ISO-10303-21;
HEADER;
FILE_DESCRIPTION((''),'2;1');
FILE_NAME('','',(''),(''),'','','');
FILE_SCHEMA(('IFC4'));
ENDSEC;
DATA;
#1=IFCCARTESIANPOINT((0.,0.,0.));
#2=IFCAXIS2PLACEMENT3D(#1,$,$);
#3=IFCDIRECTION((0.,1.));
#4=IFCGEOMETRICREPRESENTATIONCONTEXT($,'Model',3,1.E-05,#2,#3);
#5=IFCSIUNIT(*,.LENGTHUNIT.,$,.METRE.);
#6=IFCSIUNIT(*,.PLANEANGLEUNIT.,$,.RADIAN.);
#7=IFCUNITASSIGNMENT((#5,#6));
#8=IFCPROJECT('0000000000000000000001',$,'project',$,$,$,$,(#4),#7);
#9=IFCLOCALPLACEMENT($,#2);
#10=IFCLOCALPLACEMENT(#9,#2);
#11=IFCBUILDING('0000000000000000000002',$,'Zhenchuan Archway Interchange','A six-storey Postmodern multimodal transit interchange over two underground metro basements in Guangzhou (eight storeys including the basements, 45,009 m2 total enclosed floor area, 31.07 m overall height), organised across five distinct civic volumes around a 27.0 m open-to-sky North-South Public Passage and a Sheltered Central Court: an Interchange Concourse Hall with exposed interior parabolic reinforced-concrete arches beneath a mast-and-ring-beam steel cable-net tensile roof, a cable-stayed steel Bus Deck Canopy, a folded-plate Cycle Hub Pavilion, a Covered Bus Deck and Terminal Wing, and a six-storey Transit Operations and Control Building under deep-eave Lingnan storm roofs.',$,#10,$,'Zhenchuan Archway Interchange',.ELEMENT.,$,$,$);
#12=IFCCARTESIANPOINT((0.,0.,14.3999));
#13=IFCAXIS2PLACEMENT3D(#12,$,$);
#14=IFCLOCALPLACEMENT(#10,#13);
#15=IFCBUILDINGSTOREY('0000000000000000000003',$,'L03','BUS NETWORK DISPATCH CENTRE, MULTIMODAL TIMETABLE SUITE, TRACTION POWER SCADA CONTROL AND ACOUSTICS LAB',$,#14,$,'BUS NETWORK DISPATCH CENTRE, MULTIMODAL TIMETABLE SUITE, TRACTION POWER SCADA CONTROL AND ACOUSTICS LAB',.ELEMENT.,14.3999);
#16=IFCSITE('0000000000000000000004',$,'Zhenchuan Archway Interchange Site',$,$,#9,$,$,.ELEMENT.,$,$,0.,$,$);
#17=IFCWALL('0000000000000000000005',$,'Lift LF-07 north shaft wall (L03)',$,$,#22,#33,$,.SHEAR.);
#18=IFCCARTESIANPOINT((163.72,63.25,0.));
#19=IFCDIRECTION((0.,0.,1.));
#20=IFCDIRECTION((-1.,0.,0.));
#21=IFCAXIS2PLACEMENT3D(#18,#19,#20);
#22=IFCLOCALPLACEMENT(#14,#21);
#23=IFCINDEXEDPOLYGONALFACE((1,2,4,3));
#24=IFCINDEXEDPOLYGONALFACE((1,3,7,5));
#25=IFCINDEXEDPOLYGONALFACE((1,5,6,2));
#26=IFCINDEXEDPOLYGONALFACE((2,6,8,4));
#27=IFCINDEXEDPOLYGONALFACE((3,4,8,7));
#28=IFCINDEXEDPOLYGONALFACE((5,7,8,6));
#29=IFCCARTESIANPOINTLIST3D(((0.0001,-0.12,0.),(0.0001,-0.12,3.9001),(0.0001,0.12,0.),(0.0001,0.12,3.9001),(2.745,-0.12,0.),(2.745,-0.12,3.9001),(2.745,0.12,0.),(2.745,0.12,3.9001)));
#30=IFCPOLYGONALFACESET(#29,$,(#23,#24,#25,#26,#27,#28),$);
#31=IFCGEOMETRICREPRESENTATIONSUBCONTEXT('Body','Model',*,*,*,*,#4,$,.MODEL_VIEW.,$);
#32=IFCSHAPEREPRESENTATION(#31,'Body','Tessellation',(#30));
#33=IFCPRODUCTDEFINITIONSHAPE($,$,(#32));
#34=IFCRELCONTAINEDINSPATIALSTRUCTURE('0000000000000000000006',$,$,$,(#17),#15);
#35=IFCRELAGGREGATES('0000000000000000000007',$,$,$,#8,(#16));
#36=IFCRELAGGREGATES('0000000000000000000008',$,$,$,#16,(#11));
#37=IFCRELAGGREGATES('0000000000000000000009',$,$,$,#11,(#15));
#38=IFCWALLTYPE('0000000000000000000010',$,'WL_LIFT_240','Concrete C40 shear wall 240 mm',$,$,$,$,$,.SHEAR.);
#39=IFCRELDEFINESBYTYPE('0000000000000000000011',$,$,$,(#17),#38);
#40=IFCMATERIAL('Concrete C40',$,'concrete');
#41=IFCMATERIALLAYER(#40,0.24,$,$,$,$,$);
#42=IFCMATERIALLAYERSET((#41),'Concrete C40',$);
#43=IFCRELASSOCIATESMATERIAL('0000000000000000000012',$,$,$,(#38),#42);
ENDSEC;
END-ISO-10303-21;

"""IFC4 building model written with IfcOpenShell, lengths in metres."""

from ifc_helpers import new_model, si_unit, direction, frame, frame_2d, origin, place, context, subcontext, project, spatial, rectangle, extrude, material, layer, layer_set, type_object, element, save


model = new_model("IFC4")

# Units and contexts
model_context = context("Model", 3, precision=1e-05, world=origin(), true_north=direction((0.0, 1.0)))
body_context = subcontext(model_context, "Body", "Model", "MODEL_VIEW")
ifc_project = project(units=[si_unit("LENGTHUNIT", "METRE"), si_unit("PLANEANGLEUNIT", "RADIAN")], contexts=[model_context])

# Site, building, storey
site_placement = place(None, origin())
site = spatial("IfcSite", under=ifc_project, at=site_placement, Name="Zhenchuan Archway Interchange Site", CompositionType="ELEMENT", RefElevation=0.0)
building_placement = place(site_placement, origin())
building = spatial("IfcBuilding", under=site, at=building_placement, Name="Zhenchuan Archway Interchange", Description="A six-storey Postmodern multimodal transit interchange over two underground metro basements in Guangzhou (eight storeys including the basements, 45,009 m2 total enclosed floor area, 31.07 m overall height), organised across five distinct civic volumes around a 27.0 m open-to-sky North-South Public Passage and a Sheltered Central Court: an Interchange Concourse Hall with exposed interior parabolic reinforced-concrete arches beneath a mast-and-ring-beam steel cable-net tensile roof, a cable-stayed steel Bus Deck Canopy, a folded-plate Cycle Hub Pavilion, a Covered Bus Deck and Terminal Wing, and a six-storey Transit Operations and Control Building under deep-eave Lingnan storm roofs.", LongName="Zhenchuan Archway Interchange", CompositionType="ELEMENT")
storey_placement = place(building_placement, frame((0.0, 0.0, 14.3999)))
storey = spatial("IfcBuildingStorey", under=building, at=storey_placement, Name="L03", Description="BUS NETWORK DISPATCH CENTRE, MULTIMODAL TIMETABLE SUITE, TRACTION POWER SCADA CONTROL AND ACOUSTICS LAB", LongName="BUS NETWORK DISPATCH CENTRE, MULTIMODAL TIMETABLE SUITE, TRACTION POWER SCADA CONTROL AND ACOUSTICS LAB", CompositionType="ELEMENT", Elevation=14.3999)

# Shared definitions
ifc_material_1 = material(Name="Concrete C40", Category="concrete")

# Wall
ifc_layer_1 = layer(ifc_material_1, 0.24)
ifc_layer_set_1 = layer_set([ifc_layer_1], Name="Concrete C40")
wall_type_1 = type_object("IfcWallType", Name="WL_LIFT_240", Description="Concrete C40 shear wall 240 mm", PredefinedType="SHEAR", material=ifc_layer_set_1)
wall_1_placement = place(storey_placement, frame((163.72, 63.25, 0.0), z_axis=(0.0, 0.0, 1.0), x_axis=(-1.0, 0.0, 0.0)))
element("IfcWall", 1, at=wall_1_placement, inside=storey, type_object=wall_type_1, Name="Lift LF-07 north shaft wall (L03)", PredefinedType="SHEAR", context=body_context, shape_type="SweptSolid", body=[
    extrude(rectangle(XDim=2.7449, YDim=0.24, at=frame_2d((1.3726, 0.0))), origin(), (0.0, 0.0, 1.0), 3.9001),
])

save(model, "model.ifc")
